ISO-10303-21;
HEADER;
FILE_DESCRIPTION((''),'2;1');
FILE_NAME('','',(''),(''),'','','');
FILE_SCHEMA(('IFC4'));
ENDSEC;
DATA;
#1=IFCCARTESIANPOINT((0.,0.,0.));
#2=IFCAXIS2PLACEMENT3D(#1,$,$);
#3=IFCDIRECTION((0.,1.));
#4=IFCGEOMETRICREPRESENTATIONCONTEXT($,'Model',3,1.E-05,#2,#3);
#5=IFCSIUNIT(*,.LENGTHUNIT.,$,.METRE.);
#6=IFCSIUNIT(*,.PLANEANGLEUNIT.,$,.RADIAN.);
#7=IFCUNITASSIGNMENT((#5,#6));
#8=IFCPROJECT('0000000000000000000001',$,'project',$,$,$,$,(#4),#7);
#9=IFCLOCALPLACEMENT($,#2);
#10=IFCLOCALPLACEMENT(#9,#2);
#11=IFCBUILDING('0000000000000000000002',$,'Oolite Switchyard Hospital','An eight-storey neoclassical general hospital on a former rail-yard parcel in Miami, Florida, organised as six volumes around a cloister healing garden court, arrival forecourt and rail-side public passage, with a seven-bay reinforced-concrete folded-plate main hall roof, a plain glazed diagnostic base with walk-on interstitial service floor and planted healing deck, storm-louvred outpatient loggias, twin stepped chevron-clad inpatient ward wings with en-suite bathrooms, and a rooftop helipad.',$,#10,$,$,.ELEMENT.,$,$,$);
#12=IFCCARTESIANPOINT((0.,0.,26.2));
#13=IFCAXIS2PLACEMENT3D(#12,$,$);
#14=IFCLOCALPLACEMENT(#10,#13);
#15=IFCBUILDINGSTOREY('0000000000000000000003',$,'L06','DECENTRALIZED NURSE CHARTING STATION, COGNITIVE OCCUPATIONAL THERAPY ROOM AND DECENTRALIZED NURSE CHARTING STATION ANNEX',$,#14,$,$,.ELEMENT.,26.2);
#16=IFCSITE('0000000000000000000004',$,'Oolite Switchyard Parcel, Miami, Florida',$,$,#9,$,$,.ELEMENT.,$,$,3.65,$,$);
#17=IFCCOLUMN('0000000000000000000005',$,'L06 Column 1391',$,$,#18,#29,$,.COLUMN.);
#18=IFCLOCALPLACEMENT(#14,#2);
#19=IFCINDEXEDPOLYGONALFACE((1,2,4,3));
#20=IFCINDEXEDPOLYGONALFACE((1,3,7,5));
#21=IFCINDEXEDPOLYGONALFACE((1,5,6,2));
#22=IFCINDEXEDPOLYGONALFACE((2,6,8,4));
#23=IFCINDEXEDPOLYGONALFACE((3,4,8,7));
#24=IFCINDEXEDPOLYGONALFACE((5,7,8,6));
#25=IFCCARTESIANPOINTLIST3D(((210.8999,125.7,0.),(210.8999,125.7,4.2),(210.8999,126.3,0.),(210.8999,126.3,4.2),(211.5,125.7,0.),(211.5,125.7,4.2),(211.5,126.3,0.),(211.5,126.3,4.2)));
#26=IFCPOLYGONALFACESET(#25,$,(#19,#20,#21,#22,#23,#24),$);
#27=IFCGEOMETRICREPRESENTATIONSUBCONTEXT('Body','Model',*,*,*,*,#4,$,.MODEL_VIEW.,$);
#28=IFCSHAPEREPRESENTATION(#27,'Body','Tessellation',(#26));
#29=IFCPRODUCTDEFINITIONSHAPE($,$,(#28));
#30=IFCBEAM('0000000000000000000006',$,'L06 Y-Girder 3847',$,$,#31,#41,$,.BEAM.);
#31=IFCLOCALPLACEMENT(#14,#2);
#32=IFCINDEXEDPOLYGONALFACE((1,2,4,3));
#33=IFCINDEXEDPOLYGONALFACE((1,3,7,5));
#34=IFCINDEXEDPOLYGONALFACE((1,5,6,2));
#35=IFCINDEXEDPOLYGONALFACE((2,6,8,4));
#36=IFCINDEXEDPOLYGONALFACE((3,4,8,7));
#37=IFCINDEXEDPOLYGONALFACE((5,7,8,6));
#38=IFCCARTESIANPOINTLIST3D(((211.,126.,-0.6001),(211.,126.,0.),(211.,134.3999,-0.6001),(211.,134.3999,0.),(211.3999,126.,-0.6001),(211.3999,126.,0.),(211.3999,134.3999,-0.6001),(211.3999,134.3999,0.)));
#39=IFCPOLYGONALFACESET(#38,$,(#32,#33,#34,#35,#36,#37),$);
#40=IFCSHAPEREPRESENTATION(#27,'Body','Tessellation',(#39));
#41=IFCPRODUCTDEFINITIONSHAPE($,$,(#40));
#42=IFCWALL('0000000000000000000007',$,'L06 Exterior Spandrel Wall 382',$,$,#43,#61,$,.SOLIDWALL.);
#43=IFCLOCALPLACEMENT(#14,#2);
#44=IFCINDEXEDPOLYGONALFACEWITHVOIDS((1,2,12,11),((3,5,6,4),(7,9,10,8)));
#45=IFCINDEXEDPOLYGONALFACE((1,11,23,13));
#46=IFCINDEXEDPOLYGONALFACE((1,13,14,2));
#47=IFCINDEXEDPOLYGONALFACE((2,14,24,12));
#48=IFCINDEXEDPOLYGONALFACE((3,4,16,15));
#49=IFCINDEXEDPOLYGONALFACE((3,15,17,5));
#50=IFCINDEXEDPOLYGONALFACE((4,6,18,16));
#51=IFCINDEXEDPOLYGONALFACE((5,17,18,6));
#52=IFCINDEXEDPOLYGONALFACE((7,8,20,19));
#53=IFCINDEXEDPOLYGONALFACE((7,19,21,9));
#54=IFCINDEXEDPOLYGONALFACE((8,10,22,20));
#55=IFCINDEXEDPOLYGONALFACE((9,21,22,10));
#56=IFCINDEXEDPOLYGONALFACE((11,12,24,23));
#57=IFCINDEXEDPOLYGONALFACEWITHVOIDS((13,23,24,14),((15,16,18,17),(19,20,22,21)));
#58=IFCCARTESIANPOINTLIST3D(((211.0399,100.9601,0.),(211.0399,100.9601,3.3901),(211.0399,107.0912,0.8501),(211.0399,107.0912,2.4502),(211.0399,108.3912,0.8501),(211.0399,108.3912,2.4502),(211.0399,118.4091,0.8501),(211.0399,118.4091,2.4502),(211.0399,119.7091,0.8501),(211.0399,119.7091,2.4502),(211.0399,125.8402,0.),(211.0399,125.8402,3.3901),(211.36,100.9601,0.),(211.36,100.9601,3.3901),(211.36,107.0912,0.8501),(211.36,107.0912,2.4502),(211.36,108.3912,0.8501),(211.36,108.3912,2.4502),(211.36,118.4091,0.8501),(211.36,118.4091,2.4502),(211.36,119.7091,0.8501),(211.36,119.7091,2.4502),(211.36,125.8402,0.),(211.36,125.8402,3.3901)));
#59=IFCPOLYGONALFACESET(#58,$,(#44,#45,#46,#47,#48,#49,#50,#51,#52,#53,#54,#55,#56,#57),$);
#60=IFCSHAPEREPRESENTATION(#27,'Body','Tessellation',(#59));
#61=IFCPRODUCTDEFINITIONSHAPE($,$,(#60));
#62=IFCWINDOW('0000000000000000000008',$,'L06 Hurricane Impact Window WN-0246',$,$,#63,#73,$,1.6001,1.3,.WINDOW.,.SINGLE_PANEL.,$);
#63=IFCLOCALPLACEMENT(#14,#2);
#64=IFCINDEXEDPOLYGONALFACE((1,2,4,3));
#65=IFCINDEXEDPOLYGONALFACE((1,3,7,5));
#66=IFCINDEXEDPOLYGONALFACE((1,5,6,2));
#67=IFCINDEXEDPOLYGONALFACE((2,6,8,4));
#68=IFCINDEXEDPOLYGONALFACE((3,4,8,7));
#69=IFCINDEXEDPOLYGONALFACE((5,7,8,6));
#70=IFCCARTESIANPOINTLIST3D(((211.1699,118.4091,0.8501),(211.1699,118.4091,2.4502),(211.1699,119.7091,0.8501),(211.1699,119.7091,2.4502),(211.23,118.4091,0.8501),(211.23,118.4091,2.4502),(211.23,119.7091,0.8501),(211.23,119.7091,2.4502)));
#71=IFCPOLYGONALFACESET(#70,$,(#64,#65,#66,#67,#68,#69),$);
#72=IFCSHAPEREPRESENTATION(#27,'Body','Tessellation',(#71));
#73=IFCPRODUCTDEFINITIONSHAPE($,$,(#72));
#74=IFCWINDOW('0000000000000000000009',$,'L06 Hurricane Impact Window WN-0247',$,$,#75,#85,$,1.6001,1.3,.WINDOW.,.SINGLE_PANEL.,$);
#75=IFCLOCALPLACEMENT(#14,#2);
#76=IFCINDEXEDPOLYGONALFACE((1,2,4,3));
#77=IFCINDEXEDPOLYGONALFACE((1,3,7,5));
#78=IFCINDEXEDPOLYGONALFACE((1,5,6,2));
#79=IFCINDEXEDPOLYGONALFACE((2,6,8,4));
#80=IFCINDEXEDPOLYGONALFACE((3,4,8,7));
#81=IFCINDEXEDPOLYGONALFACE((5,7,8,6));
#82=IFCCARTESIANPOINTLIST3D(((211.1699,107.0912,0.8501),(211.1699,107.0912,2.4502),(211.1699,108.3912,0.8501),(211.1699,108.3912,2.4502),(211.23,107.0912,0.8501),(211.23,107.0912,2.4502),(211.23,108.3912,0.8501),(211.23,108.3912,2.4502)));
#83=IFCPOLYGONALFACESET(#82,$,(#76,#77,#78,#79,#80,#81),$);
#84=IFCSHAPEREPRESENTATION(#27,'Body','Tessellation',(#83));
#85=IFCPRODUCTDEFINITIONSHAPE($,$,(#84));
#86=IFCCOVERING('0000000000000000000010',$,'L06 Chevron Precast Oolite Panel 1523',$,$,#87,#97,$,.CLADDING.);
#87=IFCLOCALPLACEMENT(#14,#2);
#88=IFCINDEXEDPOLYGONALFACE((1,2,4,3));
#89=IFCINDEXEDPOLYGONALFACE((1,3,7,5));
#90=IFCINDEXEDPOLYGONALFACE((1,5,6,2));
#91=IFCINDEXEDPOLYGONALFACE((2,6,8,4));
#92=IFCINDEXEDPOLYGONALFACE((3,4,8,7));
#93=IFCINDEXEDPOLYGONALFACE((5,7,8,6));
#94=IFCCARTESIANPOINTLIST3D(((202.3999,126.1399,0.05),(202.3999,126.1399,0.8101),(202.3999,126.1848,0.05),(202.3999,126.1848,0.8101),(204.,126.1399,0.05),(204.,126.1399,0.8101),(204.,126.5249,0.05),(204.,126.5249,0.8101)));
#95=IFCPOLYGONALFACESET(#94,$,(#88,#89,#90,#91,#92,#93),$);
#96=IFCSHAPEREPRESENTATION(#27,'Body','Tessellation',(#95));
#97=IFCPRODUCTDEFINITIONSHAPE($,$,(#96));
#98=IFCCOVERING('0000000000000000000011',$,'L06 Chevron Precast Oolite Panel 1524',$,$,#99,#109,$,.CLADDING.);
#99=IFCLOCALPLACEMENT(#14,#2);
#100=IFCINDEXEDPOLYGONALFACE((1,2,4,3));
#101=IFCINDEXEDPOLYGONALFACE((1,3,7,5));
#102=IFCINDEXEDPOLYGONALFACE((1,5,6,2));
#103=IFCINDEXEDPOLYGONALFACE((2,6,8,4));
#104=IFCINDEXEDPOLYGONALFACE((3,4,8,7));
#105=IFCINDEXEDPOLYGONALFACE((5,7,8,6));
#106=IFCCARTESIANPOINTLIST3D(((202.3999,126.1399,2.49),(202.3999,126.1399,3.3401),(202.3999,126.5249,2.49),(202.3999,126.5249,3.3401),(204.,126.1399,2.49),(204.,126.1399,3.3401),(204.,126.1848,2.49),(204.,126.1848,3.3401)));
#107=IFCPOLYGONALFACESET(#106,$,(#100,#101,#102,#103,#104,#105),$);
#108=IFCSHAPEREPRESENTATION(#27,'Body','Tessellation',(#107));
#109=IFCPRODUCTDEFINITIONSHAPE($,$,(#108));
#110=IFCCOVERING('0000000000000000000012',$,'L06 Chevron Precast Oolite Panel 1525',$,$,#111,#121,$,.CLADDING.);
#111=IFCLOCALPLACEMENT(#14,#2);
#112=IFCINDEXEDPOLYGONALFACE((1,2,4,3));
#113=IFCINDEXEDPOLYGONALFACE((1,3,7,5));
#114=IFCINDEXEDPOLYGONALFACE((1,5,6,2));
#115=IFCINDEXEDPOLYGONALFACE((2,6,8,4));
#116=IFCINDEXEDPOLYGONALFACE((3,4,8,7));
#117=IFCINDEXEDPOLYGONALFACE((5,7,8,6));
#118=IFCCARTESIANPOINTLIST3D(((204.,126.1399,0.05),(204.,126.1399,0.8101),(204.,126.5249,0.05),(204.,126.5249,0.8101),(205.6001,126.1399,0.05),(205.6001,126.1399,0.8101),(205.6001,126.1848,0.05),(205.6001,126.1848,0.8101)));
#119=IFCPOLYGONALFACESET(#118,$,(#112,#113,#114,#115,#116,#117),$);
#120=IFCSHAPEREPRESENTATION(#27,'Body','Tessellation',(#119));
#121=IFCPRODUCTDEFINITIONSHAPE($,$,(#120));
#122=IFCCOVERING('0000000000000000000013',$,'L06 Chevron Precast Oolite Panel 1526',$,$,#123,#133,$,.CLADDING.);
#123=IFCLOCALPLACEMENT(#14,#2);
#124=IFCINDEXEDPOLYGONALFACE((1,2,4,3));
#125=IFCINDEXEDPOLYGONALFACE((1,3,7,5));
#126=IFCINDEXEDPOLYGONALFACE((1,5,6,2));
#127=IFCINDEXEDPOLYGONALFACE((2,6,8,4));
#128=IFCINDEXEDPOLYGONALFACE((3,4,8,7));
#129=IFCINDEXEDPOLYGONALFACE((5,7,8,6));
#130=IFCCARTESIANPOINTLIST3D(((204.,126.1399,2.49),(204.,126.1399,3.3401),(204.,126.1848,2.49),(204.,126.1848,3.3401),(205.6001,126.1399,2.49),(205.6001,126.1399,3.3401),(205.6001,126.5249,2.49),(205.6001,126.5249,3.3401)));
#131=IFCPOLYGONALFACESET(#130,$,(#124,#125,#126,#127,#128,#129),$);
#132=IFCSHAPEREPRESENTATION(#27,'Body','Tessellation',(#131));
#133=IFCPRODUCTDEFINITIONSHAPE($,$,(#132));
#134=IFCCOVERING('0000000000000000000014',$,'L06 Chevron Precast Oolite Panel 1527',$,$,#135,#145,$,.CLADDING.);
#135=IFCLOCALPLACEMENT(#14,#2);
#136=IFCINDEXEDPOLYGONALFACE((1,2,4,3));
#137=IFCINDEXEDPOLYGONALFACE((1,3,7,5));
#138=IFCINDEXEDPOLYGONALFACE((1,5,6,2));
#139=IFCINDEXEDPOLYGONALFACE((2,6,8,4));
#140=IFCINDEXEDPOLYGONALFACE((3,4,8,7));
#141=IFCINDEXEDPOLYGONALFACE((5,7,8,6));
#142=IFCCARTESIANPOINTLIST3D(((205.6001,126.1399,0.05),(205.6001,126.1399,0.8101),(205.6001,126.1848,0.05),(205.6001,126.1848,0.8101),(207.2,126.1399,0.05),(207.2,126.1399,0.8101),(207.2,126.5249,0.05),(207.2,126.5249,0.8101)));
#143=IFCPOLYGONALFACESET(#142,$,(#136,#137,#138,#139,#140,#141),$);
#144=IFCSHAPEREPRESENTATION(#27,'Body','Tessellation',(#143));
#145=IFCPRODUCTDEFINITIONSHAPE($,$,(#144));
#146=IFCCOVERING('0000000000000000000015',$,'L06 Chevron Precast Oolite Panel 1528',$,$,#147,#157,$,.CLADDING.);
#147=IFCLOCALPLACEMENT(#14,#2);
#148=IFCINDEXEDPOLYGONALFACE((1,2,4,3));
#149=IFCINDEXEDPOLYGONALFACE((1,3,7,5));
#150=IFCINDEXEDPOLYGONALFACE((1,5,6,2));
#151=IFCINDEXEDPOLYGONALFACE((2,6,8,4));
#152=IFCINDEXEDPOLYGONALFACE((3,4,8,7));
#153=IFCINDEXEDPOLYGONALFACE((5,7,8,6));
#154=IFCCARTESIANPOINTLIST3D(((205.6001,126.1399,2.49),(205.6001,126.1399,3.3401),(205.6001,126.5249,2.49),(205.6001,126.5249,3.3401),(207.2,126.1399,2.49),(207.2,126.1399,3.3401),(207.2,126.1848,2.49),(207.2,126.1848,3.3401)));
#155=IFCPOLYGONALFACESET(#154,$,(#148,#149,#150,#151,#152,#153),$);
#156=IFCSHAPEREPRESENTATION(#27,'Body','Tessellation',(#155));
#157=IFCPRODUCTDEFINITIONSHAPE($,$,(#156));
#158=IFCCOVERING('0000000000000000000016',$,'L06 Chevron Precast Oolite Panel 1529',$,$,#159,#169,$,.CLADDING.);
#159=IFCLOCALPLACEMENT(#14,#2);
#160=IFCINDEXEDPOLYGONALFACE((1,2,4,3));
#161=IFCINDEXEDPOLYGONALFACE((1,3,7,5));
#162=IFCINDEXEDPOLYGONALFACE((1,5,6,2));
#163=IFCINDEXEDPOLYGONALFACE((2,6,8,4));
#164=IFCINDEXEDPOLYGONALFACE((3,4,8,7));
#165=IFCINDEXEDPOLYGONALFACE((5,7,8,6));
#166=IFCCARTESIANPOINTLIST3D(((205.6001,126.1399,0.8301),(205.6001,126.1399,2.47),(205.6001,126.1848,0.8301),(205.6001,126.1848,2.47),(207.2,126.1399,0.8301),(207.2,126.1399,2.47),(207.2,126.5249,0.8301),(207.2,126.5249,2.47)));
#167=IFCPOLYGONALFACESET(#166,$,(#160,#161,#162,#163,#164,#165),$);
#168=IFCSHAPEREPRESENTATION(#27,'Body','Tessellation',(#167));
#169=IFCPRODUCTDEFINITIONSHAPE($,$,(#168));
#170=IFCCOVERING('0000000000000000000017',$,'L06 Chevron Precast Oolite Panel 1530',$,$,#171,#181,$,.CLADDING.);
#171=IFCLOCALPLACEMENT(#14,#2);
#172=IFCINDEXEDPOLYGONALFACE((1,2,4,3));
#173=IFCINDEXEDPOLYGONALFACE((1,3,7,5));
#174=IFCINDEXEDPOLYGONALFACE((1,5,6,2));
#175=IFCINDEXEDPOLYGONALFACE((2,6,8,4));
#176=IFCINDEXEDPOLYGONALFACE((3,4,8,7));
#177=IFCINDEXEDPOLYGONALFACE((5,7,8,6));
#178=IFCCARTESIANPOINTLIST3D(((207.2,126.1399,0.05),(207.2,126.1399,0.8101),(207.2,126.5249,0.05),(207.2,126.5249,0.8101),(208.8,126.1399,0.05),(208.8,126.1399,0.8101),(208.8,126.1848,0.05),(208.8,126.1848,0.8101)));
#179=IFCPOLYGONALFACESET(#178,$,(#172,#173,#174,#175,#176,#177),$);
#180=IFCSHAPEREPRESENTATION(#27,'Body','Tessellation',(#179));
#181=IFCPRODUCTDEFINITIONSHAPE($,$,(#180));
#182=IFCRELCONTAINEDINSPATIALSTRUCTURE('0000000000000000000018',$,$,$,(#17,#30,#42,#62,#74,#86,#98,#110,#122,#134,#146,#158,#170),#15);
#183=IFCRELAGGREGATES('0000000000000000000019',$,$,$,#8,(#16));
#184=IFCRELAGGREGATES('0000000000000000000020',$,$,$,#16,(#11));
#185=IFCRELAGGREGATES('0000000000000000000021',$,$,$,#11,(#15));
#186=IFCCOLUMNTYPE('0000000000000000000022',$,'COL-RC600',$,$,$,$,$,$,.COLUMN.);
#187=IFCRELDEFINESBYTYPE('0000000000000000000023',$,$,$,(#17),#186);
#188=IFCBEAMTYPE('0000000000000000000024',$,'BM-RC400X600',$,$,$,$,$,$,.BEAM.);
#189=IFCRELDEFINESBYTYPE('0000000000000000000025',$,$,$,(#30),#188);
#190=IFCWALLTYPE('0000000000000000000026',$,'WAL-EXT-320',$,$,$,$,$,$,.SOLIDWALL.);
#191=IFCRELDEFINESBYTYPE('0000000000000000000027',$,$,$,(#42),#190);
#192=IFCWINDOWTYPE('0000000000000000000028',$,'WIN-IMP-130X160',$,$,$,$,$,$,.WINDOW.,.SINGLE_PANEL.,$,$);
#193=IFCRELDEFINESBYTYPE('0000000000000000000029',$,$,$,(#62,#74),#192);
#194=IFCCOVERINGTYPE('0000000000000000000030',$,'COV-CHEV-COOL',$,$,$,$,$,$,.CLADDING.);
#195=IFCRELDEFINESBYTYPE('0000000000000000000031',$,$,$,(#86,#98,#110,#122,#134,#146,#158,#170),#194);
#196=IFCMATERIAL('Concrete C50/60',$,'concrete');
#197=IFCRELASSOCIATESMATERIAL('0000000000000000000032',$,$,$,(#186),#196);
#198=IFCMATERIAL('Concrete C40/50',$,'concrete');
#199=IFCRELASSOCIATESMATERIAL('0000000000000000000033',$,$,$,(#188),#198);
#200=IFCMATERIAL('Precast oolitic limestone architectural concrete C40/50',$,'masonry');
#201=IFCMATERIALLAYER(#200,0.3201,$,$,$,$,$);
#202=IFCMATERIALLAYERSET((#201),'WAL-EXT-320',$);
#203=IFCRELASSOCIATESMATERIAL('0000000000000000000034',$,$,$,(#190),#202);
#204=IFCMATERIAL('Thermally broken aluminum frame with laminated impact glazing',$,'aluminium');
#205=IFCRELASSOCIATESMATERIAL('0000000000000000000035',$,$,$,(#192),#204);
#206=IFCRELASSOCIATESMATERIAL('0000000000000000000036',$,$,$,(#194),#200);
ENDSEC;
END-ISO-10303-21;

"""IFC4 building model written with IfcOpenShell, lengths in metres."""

from ifc_helpers import new_model, si_unit, direction, frame, frame_2d, origin, origin_2d, place, context, subcontext, project, spatial, polyline, rectangle, outline, extrude, material, layer, layer_set, material_profile, profile_set, type_object, element, fill, save


model = new_model("IFC4")

# Units and contexts
model_context = context("Model", 3, precision=1e-05, world=origin(), true_north=direction((0.0, 1.0)))
body_context = subcontext(model_context, "Body", "Model", "MODEL_VIEW")
ifc_project = project(units=[si_unit("LENGTHUNIT", "METRE"), si_unit("PLANEANGLEUNIT", "RADIAN")], contexts=[model_context])

# Site, building, storey
site_placement = place(None, origin())
site = spatial("IfcSite", under=ifc_project, at=site_placement, Name="Oolite Switchyard Parcel, Miami, Florida", CompositionType="ELEMENT", RefElevation=3.65)
building_placement = place(site_placement, origin())
building = spatial("IfcBuilding", under=site, at=building_placement, Name="Oolite Switchyard Hospital", Description="An eight-storey neoclassical general hospital on a former rail-yard parcel in Miami, Florida, organised as six volumes around a cloister healing garden court, arrival forecourt and rail-side public passage, with a seven-bay reinforced-concrete folded-plate main hall roof, a plain glazed diagnostic base with walk-on interstitial service floor and planted healing deck, storm-louvred outpatient loggias, twin stepped chevron-clad inpatient ward wings with en-suite bathrooms, and a rooftop helipad.", CompositionType="ELEMENT")
storey_placement = place(building_placement, frame((0.0, 0.0, 26.2)))
storey = spatial("IfcBuildingStorey", under=building, at=storey_placement, Name="L06", Description="DECENTRALIZED NURSE CHARTING STATION, COGNITIVE OCCUPATIONAL THERAPY ROOM AND DECENTRALIZED NURSE CHARTING STATION ANNEX", CompositionType="ELEMENT", Elevation=26.2)

# Column
ifc_material_1 = material(Name="Concrete C50/60", Category="concrete")
ifc_material_profile_1 = material_profile(ifc_material_1, rectangle(XDim=0.6001, YDim=0.6001, at=origin_2d()), Name="RC600X600")
ifc_profile_set_1 = profile_set([ifc_material_profile_1], Name="Concrete C50/60")
column_type = type_object("IfcColumnType", Name="COL-RC600", PredefinedType="COLUMN", material=ifc_profile_set_1)
column_placement = place(storey_placement, frame((211.2, 126.0, 0.0), z_axis=(0.0, 0.0, 1.0), x_axis=(1.0, 0.0, 0.0)))
element("IfcColumn", 1, at=column_placement, inside=storey, type_object=column_type, Name="L06 Column 1391", PredefinedType="COLUMN", context=body_context, shape_type="SweptSolid", body=[
    extrude(rectangle(XDim=0.6001, YDim=0.6001, at=origin_2d()), origin(), (0.0, 0.0, 1.0), 4.2),
])

# Beam
ifc_material_2 = material(Name="Concrete C40/50", Category="concrete")
ifc_material_profile_2 = material_profile(ifc_material_2, rectangle(XDim=0.3999, YDim=0.6001, at=origin_2d()), Name="RCB400X600")
ifc_profile_set_2 = profile_set([ifc_material_profile_2], Name="Concrete C40/50")
beam_type = type_object("IfcBeamType", Name="BM-RC400X600", PredefinedType="BEAM", material=ifc_profile_set_2)
beam_placement = place(storey_placement, frame((211.2, 126.0, -0.3), z_axis=(0.0, 1.0, 0.0), x_axis=(-1.0, 0.0, 0.0)))
element("IfcBeam", 2, at=beam_placement, inside=storey, type_object=beam_type, Name="L06 Y-Girder 3847", PredefinedType="BEAM", context=body_context, shape_type="SweptSolid", body=[
    extrude(rectangle(XDim=0.3999, YDim=0.6001, at=origin_2d()), origin(), (0.0, 0.0, 1.0), 8.3999),
])

# Wall, openings, windows
ifc_material_3 = material(Name="Precast oolitic limestone architectural concrete C40/50", Category="masonry")
ifc_layer = layer(ifc_material_3, 0.3201)
ifc_layer_set = layer_set([ifc_layer], Name="WAL-EXT-320")
wall_type = type_object("IfcWallType", Name="WAL-EXT-320", PredefinedType="SOLIDWALL", material=ifc_layer_set)
wall_placement = place(storey_placement, frame((211.2, 125.8401, 0.0), z_axis=(0.0, 0.0, 1.0), x_axis=(0.0, -1.0, 0.0)))
wall = element("IfcWall", 3, at=wall_placement, inside=storey, type_object=wall_type, Name="L06 Exterior Spandrel Wall 382", PredefinedType="SOLIDWALL", context=body_context, shape_type="SweptSolid", body=[
    extrude(rectangle(XDim=24.8801, YDim=0.3201, at=frame_2d((12.4399, 0.0))), origin(), (0.0, 0.0, 1.0), 3.3901),
])
opening_1_placement = place(wall_placement, frame((6.1311, 0.0, 0.8501)))
opening_1 = element("IfcOpeningElement", 4, at=opening_1_placement, cuts=wall, PredefinedType="OPENING", context=body_context, shape_type="SweptSolid", body=[
    extrude(rectangle(XDim=1.3, YDim=1.6001, at=frame_2d((0.6499, 0.8))), frame((0.0, 0.1699, 0.0), z_axis=(0.0, -1.0, 0.0), x_axis=(1.0, 0.0, 0.0)), (0.0, 0.0, 1.0), 0.3401),
])
opening_2_placement = place(wall_placement, frame((17.449, 0.0, 0.8501)))
opening_2 = element("IfcOpeningElement", 5, at=opening_2_placement, cuts=wall, PredefinedType="OPENING", context=body_context, shape_type="SweptSolid", body=[
    extrude(rectangle(XDim=1.3, YDim=1.6001, at=frame_2d((0.6499, 0.8))), frame((0.0, 0.1699, 0.0), z_axis=(0.0, -1.0, 0.0), x_axis=(1.0, 0.0, 0.0)), (0.0, 0.0, 1.0), 0.3401),
])
ifc_material_4 = material(Name="Thermally broken aluminum frame with laminated impact glazing", Category="aluminium")
window_type = type_object("IfcWindowType", Name="WIN-IMP-130X160", PartitioningType="SINGLE_PANEL", PredefinedType="WINDOW", material=ifc_material_4)
window_1_placement = place(opening_1_placement, origin())
window_1 = element("IfcWindow", 6, at=window_1_placement, inside=storey, type_object=window_type, Name="L06 Hurricane Impact Window WN-0246", OverallHeight=1.6001, OverallWidth=1.3, PartitioningType="SINGLE_PANEL", PredefinedType="WINDOW", context=body_context, shape_type="SweptSolid", body=[
    extrude(rectangle(XDim=1.3, YDim=1.6001, at=frame_2d((0.6499, 0.8))), frame((0.0, 0.03, 0.0), z_axis=(0.0, -1.0, 0.0), x_axis=(1.0, 0.0, 0.0)), (0.0, 0.0, 1.0), 0.0601),
])
fill(opening_1, window_1)
window_2_placement = place(opening_2_placement, origin())
window_2 = element("IfcWindow", 7, at=window_2_placement, inside=storey, type_object=window_type, Name="L06 Hurricane Impact Window WN-0247", OverallHeight=1.6001, OverallWidth=1.3, PartitioningType="SINGLE_PANEL", PredefinedType="WINDOW", context=body_context, shape_type="SweptSolid", body=[
    extrude(rectangle(XDim=1.3, YDim=1.6001, at=frame_2d((0.6499, 0.8))), frame((0.0, 0.03, 0.0), z_axis=(0.0, -1.0, 0.0), x_axis=(1.0, 0.0, 0.0)), (0.0, 0.0, 1.0), 0.0601),
])
fill(opening_2, window_2)

# Coverings
covering_type = type_object("IfcCoveringType", Name="COV-CHEV-COOL", PredefinedType="CLADDING", material=ifc_material_3)
covering_1_placement = place(storey_placement, frame((202.3999, 126.1399, 0.05), z_axis=(0.0, 0.0, 1.0), x_axis=(1.0, 0.0, 0.0)))
element("IfcCovering", 8, at=covering_1_placement, inside=storey, type_object=covering_type, Name="L06 Chevron Precast Oolite Panel 1523", PredefinedType="CLADDING", context=body_context, shape_type="SweptSolid", body=[
    extrude(outline(polyline([(0.0, 0.0), (1.6001, 0.0), (1.6001, 0.385), (0.0, 0.0449), (0.0, 0.0)])), origin(), (0.0, 0.0, 1.0), 0.76),
])
covering_2_placement = place(storey_placement, frame((202.3999, 126.1399, 2.49), z_axis=(0.0, 0.0, 1.0), x_axis=(1.0, 0.0, 0.0)))
element("IfcCovering", 9, at=covering_2_placement, inside=storey, type_object=covering_type, Name="L06 Chevron Precast Oolite Panel 1524", PredefinedType="CLADDING", context=body_context, shape_type="SweptSolid", body=[
    extrude(outline(polyline([(0.0, 0.0), (1.6001, 0.0), (1.6001, 0.0449), (0.0, 0.385), (0.0, 0.0)])), origin(), (0.0, 0.0, 1.0), 0.8501),
])
covering_3_placement = place(storey_placement, frame((204.0, 126.1399, 0.05), z_axis=(0.0, 0.0, 1.0), x_axis=(1.0, 0.0, 0.0)))
element("IfcCovering", 10, at=covering_3_placement, inside=storey, type_object=covering_type, Name="L06 Chevron Precast Oolite Panel 1525", PredefinedType="CLADDING", context=body_context, shape_type="SweptSolid", body=[
    extrude(outline(polyline([(0.0, 0.0), (1.6001, 0.0), (1.6001, 0.0449), (0.0, 0.385), (0.0, 0.0)])), origin(), (0.0, 0.0, 1.0), 0.76),
])
covering_4_placement = place(storey_placement, frame((204.0, 126.1399, 2.49), z_axis=(0.0, 0.0, 1.0), x_axis=(1.0, 0.0, 0.0)))
element("IfcCovering", 11, at=covering_4_placement, inside=storey, type_object=covering_type, Name="L06 Chevron Precast Oolite Panel 1526", PredefinedType="CLADDING", context=body_context, shape_type="SweptSolid", body=[
    extrude(outline(polyline([(0.0, 0.0), (1.6001, 0.0), (1.6001, 0.385), (0.0, 0.0449), (0.0, 0.0)])), origin(), (0.0, 0.0, 1.0), 0.8501),
])
covering_5_placement = place(storey_placement, frame((205.6001, 126.1399, 0.05), z_axis=(0.0, 0.0, 1.0), x_axis=(1.0, 0.0, 0.0)))
element("IfcCovering", 12, at=covering_5_placement, inside=storey, type_object=covering_type, Name="L06 Chevron Precast Oolite Panel 1527", PredefinedType="CLADDING", context=body_context, shape_type="SweptSolid", body=[
    extrude(outline(polyline([(0.0, 0.0), (1.5999, 0.0), (1.5999, 0.385), (0.0, 0.0449), (0.0, 0.0)])), origin(), (0.0, 0.0, 1.0), 0.76),
])
covering_6_placement = place(storey_placement, frame((205.6001, 126.1399, 2.49), z_axis=(0.0, 0.0, 1.0), x_axis=(1.0, 0.0, 0.0)))
element("IfcCovering", 13, at=covering_6_placement, inside=storey, type_object=covering_type, Name="L06 Chevron Precast Oolite Panel 1528", PredefinedType="CLADDING", context=body_context, shape_type="SweptSolid", body=[
    extrude(outline(polyline([(0.0, 0.0), (1.5999, 0.0), (1.5999, 0.0449), (0.0, 0.385), (0.0, 0.0)])), origin(), (0.0, 0.0, 1.0), 0.8501),
])
covering_7_placement = place(storey_placement, frame((205.6001, 126.1399, 0.8301), z_axis=(0.0, 0.0, 1.0), x_axis=(1.0, 0.0, 0.0)))
element("IfcCovering", 14, at=covering_7_placement, inside=storey, type_object=covering_type, Name="L06 Chevron Precast Oolite Panel 1529", PredefinedType="CLADDING", context=body_context, shape_type="SweptSolid", body=[
    extrude(outline(polyline([(0.0, 0.0), (1.5999, 0.0), (1.5999, 0.385), (0.0, 0.0449), (0.0, 0.0)])), origin(), (0.0, 0.0, 1.0), 1.6399),
])
covering_8_placement = place(storey_placement, frame((207.2, 126.1399, 0.05), z_axis=(0.0, 0.0, 1.0), x_axis=(1.0, 0.0, 0.0)))
element("IfcCovering", 15, at=covering_8_placement, inside=storey, type_object=covering_type, Name="L06 Chevron Precast Oolite Panel 1530", PredefinedType="CLADDING", context=body_context, shape_type="SweptSolid", body=[
    extrude(outline(polyline([(0.0, 0.0), (1.6001, 0.0), (1.6001, 0.0449), (0.0, 0.385), (0.0, 0.0)])), origin(), (0.0, 0.0, 1.0), 0.76),
])

save(model, "model.ifc")
